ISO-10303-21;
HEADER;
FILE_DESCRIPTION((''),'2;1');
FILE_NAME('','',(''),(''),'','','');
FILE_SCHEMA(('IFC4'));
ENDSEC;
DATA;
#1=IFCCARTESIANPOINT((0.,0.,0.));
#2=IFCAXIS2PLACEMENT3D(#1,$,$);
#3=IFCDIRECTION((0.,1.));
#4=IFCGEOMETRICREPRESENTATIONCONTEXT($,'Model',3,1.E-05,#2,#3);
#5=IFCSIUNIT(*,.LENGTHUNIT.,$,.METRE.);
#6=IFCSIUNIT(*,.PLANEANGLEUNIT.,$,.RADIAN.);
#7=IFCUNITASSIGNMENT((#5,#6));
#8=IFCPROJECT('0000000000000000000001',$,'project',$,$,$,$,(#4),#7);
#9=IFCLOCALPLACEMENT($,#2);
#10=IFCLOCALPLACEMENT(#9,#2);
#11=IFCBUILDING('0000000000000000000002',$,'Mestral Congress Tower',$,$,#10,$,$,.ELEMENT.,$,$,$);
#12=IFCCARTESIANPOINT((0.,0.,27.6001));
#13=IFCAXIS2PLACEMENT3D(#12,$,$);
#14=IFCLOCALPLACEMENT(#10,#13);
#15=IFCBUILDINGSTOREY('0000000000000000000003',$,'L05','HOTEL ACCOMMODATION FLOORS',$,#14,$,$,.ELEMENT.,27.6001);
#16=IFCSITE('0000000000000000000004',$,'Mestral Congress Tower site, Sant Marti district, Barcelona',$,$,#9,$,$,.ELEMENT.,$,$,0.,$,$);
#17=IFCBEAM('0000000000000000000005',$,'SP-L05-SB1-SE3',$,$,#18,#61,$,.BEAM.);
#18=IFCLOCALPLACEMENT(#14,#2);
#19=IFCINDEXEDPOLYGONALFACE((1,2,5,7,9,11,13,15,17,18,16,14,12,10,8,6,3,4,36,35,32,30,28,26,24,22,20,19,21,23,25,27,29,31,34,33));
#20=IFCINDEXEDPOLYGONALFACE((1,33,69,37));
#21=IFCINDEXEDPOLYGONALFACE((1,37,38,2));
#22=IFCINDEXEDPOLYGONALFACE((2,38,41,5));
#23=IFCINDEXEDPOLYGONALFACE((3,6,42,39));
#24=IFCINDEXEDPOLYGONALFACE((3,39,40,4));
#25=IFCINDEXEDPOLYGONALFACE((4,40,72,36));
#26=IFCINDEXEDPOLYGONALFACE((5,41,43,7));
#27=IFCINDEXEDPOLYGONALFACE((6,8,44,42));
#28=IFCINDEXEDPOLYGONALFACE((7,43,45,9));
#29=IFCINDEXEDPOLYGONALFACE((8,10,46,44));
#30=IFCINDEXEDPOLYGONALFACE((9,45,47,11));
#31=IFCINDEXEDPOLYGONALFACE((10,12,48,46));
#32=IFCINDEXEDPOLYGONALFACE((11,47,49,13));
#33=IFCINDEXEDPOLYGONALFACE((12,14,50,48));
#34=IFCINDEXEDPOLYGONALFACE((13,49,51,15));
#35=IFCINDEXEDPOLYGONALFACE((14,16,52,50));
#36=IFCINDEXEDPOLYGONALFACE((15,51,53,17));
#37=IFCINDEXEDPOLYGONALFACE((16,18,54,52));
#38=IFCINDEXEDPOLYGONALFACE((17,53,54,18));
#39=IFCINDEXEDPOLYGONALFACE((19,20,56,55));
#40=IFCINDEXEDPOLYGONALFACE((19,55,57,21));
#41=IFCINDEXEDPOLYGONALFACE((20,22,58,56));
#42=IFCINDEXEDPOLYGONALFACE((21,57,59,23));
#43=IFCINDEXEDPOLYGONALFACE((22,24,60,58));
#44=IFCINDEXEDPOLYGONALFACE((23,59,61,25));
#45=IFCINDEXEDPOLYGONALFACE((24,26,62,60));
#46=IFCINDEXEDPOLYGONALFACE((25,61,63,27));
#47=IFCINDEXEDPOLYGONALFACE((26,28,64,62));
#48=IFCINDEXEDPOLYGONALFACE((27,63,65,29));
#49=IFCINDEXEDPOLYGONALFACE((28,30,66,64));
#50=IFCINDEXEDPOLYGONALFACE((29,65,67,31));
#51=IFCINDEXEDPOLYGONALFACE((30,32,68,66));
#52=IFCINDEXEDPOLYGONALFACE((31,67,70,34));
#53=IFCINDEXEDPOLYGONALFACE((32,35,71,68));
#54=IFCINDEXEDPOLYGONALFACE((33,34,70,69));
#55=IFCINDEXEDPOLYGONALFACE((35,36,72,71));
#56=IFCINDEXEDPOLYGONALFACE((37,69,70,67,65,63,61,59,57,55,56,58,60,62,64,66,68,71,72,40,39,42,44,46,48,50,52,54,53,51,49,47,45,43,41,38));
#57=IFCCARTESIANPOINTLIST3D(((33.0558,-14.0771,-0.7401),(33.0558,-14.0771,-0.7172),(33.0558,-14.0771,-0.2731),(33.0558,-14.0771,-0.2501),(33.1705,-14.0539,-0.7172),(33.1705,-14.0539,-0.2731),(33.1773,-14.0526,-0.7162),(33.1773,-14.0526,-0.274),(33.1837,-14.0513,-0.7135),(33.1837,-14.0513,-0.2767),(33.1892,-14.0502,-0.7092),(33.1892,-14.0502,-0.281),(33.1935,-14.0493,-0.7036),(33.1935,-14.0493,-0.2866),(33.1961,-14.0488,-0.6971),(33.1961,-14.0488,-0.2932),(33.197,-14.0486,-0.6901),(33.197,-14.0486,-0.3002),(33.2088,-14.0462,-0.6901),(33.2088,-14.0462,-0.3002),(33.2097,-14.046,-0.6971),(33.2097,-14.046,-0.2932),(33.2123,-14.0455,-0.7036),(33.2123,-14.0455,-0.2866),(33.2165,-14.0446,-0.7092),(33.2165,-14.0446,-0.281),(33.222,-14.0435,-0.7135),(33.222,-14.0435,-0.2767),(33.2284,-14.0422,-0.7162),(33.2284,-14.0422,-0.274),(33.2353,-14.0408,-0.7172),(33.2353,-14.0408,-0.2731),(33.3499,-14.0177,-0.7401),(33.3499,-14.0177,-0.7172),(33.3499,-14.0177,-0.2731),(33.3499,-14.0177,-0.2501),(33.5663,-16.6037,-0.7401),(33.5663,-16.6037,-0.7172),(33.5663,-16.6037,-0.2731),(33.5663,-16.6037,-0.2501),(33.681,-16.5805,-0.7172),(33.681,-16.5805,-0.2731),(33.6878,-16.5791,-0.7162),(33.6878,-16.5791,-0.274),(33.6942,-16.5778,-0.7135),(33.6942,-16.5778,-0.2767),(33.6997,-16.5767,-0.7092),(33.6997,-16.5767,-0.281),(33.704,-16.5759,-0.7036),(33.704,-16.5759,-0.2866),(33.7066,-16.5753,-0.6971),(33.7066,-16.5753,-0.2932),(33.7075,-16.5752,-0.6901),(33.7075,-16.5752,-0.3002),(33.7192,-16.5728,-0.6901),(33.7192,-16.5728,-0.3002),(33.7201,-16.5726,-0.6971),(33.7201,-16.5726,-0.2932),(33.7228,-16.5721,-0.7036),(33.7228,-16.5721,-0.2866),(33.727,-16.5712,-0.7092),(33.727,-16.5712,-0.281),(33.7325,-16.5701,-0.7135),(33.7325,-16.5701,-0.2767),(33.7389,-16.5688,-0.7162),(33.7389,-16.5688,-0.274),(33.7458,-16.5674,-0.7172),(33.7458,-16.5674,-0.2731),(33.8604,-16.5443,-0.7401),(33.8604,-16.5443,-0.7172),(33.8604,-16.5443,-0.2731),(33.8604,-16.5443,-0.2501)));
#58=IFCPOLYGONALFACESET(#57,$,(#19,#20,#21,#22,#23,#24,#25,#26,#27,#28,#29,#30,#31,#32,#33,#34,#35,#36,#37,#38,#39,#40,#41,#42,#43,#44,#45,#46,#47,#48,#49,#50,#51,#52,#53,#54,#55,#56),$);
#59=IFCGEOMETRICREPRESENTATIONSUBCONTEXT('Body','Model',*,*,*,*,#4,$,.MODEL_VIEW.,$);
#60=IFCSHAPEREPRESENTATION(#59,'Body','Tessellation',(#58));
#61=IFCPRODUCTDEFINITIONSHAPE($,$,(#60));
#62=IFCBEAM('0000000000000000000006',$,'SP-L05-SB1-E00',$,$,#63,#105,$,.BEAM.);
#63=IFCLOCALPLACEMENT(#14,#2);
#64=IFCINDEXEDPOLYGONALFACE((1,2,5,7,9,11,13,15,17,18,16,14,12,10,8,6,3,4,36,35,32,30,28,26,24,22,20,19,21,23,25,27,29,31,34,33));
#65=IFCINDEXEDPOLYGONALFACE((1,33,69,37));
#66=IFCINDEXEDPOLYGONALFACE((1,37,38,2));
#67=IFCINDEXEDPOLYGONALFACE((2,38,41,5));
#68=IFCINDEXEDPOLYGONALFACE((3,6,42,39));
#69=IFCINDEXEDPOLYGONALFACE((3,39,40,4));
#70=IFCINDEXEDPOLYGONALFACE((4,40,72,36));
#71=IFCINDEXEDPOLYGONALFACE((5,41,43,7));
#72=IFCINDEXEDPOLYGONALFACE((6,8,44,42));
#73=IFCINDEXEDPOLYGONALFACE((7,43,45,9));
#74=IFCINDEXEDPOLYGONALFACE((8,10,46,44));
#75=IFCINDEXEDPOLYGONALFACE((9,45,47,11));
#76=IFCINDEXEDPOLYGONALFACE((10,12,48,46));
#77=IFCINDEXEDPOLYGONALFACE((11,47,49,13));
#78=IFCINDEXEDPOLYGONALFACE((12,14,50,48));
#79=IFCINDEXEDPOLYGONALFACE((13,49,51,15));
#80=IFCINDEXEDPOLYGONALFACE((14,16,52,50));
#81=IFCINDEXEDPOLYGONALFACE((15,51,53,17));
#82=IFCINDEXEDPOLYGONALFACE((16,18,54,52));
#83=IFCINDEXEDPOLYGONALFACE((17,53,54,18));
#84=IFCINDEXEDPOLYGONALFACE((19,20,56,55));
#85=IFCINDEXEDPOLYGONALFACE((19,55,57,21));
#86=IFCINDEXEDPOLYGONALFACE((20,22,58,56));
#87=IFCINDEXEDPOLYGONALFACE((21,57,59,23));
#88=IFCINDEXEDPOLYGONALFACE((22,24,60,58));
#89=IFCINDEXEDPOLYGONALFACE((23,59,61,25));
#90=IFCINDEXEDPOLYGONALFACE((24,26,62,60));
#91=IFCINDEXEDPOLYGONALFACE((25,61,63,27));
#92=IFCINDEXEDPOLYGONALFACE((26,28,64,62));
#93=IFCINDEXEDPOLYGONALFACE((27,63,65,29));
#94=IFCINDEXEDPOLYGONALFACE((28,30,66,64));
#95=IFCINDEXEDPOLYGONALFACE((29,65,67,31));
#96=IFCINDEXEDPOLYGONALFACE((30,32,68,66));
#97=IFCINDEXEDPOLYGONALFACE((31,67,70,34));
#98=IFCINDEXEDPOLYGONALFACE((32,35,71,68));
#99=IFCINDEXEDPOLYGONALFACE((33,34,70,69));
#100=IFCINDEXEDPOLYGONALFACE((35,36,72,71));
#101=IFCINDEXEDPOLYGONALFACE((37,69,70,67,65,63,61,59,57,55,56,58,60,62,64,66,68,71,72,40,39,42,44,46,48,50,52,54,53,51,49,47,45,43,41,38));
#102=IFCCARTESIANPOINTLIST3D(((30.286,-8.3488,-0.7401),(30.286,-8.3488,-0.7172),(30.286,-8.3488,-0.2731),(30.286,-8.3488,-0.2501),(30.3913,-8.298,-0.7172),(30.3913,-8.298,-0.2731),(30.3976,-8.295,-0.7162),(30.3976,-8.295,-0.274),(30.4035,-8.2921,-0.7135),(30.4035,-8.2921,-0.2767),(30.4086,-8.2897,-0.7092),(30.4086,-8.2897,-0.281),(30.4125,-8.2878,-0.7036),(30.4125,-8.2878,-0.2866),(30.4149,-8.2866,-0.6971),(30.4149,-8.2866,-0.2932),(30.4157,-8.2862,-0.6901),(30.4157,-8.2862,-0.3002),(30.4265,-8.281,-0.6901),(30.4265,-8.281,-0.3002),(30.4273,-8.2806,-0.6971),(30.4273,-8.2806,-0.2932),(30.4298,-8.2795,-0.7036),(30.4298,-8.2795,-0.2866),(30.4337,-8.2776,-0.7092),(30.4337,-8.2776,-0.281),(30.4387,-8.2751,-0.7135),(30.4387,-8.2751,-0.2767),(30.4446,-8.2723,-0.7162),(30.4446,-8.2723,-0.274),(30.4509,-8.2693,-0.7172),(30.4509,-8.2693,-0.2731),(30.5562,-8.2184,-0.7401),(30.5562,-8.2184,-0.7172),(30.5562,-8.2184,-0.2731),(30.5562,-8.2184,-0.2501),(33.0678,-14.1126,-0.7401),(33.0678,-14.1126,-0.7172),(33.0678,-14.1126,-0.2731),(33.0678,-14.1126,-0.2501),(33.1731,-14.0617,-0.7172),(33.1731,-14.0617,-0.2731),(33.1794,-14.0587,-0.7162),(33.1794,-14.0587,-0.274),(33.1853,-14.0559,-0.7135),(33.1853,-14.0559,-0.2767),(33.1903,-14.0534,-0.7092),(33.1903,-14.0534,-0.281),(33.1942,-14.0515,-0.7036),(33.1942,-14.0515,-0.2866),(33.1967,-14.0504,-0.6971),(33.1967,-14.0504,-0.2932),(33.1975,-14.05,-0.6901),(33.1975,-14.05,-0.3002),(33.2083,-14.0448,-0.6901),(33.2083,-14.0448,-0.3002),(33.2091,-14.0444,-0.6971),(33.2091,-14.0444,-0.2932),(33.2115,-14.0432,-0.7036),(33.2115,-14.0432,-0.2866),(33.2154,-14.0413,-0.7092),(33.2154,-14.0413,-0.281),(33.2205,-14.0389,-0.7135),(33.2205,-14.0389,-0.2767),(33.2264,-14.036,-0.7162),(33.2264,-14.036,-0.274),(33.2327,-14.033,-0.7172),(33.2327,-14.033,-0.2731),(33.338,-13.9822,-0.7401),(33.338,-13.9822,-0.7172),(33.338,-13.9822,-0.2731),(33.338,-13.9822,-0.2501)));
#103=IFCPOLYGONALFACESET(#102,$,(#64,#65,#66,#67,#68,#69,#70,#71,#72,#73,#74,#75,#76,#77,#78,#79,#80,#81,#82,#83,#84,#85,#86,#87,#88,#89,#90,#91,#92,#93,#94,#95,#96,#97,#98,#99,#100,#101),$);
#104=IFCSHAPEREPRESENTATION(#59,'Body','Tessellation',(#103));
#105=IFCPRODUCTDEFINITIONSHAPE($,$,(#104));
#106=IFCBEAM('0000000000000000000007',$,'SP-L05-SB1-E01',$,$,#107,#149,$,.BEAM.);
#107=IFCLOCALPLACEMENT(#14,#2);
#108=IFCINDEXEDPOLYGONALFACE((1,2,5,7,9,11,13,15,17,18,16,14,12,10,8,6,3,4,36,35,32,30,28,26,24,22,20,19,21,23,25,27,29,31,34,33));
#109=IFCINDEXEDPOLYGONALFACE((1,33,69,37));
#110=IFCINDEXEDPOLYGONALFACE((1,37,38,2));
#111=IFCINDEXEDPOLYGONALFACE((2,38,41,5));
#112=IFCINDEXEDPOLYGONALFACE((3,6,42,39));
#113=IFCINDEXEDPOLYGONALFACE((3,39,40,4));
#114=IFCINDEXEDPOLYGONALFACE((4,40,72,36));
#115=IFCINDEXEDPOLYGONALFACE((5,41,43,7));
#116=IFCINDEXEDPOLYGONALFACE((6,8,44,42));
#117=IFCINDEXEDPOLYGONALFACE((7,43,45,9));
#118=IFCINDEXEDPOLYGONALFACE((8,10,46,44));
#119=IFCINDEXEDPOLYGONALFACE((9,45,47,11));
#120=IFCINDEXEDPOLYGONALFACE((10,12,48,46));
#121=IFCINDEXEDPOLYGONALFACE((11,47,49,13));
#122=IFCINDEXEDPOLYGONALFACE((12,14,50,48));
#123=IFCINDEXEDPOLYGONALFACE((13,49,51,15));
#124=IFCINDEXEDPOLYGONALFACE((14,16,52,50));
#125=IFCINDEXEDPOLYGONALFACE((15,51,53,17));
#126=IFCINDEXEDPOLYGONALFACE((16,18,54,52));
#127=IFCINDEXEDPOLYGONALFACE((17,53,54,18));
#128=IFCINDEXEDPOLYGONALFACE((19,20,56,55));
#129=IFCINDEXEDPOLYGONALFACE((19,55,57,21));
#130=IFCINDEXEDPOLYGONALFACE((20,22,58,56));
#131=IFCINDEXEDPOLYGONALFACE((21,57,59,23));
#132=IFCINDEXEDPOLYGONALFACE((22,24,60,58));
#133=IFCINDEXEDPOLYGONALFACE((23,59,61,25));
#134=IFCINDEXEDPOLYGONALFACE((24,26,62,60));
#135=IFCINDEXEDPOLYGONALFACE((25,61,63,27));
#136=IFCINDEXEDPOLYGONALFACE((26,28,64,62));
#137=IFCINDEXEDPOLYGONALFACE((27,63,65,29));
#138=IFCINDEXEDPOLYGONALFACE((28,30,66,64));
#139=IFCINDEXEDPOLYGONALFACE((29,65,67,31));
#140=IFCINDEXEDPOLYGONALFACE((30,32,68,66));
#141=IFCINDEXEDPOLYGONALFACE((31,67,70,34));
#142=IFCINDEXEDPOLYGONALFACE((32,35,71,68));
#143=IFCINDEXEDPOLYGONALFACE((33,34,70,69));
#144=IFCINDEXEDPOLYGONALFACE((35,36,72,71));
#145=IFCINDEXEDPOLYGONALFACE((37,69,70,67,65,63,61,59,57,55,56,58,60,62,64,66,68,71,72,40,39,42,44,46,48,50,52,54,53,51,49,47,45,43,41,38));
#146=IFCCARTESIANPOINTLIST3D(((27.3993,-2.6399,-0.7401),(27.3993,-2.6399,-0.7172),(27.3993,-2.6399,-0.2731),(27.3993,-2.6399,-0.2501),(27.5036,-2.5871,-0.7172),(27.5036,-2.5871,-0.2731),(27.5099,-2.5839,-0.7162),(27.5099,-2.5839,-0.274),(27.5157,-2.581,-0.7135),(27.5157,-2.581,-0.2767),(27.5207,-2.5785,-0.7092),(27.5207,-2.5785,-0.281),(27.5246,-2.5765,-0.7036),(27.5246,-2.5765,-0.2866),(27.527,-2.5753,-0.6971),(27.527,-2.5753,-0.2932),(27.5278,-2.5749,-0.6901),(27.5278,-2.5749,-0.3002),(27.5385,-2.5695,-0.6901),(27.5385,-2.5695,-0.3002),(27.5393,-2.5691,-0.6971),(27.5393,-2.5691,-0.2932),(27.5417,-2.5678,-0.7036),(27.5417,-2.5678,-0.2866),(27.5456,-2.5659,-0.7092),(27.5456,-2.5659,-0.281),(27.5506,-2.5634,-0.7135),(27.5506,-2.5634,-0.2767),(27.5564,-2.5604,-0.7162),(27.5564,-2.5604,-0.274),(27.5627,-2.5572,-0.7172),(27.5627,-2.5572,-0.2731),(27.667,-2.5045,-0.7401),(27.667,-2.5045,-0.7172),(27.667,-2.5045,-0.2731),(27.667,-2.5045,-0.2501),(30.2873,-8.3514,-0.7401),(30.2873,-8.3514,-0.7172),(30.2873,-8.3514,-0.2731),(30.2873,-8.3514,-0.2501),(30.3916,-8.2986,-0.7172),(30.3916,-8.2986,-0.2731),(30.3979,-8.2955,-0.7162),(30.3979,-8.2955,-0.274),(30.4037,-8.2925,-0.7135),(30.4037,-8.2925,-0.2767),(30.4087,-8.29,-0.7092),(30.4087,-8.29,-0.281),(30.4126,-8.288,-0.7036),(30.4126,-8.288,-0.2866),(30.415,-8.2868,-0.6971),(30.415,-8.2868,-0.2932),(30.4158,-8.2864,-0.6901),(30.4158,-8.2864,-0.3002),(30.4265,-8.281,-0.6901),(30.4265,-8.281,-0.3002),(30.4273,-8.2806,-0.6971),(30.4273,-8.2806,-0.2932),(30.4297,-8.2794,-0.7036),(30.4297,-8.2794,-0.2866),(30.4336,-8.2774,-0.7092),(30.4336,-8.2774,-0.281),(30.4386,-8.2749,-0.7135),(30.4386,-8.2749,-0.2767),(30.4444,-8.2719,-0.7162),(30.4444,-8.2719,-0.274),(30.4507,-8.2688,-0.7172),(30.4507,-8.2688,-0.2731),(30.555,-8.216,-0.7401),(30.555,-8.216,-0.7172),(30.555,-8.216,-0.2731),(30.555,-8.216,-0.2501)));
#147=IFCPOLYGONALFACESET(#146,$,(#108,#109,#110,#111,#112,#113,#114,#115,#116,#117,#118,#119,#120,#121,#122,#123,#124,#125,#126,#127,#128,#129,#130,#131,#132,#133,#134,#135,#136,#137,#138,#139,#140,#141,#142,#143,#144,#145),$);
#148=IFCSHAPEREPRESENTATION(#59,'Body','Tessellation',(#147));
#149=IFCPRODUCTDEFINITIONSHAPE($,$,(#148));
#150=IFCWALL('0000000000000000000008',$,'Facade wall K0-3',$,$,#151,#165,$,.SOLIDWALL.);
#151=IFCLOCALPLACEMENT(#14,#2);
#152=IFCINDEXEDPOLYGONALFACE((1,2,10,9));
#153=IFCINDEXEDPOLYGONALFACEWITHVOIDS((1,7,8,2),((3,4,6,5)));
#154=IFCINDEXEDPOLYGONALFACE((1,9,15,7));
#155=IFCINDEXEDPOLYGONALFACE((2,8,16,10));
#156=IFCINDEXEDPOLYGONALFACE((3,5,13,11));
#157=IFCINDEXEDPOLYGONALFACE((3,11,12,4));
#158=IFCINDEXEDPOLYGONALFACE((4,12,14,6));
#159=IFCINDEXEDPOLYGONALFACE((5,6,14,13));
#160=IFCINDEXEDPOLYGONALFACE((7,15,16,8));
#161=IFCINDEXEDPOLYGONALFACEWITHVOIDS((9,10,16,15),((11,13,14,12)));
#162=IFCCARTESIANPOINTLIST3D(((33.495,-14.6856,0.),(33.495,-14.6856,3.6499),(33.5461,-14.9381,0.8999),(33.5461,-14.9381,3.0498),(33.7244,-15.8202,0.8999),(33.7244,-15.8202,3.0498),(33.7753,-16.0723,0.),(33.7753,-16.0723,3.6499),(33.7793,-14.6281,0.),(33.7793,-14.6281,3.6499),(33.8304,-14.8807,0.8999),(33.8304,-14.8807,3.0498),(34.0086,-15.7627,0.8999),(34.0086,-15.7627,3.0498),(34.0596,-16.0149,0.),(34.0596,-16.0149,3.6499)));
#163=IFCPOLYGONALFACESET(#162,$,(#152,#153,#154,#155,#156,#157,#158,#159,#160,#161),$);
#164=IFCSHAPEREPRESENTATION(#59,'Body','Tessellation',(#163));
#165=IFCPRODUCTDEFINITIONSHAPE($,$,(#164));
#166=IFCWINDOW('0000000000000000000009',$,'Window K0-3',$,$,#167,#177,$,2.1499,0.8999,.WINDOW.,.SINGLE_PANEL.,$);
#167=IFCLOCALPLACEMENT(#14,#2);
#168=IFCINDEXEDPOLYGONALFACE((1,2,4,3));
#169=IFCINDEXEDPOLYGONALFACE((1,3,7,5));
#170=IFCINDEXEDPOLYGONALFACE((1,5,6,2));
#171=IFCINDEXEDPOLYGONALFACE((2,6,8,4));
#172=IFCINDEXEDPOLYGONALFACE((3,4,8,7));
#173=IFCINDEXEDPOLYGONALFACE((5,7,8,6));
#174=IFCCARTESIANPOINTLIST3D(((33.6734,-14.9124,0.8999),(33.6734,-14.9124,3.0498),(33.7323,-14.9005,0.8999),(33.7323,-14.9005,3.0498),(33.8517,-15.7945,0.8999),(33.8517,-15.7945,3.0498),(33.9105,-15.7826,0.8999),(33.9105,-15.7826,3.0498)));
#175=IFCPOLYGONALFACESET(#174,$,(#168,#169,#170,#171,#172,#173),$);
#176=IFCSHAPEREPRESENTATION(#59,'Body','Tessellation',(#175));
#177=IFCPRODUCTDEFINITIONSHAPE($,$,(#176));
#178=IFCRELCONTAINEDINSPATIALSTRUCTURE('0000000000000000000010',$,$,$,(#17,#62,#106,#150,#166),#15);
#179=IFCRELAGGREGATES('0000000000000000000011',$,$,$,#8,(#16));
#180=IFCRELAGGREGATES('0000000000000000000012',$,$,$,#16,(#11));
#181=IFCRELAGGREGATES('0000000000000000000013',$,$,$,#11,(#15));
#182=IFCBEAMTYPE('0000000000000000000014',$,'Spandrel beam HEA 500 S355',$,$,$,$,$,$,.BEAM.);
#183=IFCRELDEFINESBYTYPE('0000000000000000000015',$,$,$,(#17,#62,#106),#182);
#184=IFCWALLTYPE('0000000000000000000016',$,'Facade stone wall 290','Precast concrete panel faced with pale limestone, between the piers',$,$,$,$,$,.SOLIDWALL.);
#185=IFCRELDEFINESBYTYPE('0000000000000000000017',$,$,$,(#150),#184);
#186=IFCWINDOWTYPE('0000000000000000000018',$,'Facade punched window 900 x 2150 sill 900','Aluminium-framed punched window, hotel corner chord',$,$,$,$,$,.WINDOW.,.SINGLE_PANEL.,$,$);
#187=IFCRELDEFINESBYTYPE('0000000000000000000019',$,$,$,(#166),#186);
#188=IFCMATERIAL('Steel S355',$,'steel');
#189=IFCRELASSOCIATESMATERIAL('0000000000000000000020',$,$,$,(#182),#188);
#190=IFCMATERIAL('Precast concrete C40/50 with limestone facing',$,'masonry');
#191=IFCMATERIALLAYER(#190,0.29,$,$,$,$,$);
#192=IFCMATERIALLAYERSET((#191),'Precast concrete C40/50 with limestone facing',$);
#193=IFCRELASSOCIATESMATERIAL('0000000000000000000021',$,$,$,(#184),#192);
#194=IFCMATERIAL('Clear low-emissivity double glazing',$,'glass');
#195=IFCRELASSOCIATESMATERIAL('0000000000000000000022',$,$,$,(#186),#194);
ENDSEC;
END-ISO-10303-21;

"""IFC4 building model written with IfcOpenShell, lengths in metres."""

from ifc_helpers import new_model, si_unit, direction, frame, frame_2d, origin, origin_2d, place, context, subcontext, project, spatial, rectangle, i_section, extrude, material, layer, layer_set, material_profile, profile_set, type_object, element, fill, save


model = new_model("IFC4")

# Units and contexts
model_context = context("Model", 3, precision=1e-05, world=origin(), true_north=direction((0.0, 1.0)))
body_context = subcontext(model_context, "Body", "Model", "MODEL_VIEW")
ifc_project = project(units=[si_unit("LENGTHUNIT", "METRE"), si_unit("PLANEANGLEUNIT", "RADIAN")], contexts=[model_context])

# Site, building, storey
site_placement = place(None, origin())
site = spatial("IfcSite", under=ifc_project, at=site_placement, Name="Mestral Congress Tower site, Sant Marti district, Barcelona", CompositionType="ELEMENT", RefElevation=0.0)
building_placement = place(site_placement, origin())
building = spatial("IfcBuilding", under=site, at=building_placement, Name="Mestral Congress Tower", CompositionType="ELEMENT")
storey_placement = place(building_placement, frame((0.0, 0.0, 27.6001)))
storey = spatial("IfcBuildingStorey", under=building, at=storey_placement, Name="L05", Description="HOTEL ACCOMMODATION FLOORS", CompositionType="ELEMENT", Elevation=27.6001)

# Beams
ifc_material_1 = material(Name="Steel S355", Category="steel")
ifc_material_profile_1 = material_profile(ifc_material_1, i_section(OverallWidth=0.3, OverallDepth=0.49, WebThickness=0.012, FlangeThickness=0.0229, FilletRadius=0.0271, at=origin_2d()), Name="HEA 500")
ifc_profile_set_1 = profile_set([ifc_material_profile_1], Name="Steel S355")
beam_type_1 = type_object("IfcBeamType", Name="Spandrel beam HEA 500 S355", PredefinedType="BEAM", material=ifc_profile_set_1)
beam_1_placement = place(storey_placement, frame((33.7134, -16.574, -0.4951), z_axis=(-0.198046, 0.980193, 0.0), x_axis=(-0.980193, -0.198046, 0.0)))
element("IfcBeam", 1, at=beam_1_placement, inside=storey, type_object=beam_type_1, Name="SP-L05-SB1-SE3", PredefinedType="BEAM", context=body_context, shape_type="SweptSolid", body=[
    extrude(i_section(OverallWidth=0.3, OverallDepth=0.49, WebThickness=0.012, FlangeThickness=0.0229, FilletRadius=0.0271, at=origin_2d()), origin(), (0.0, 0.0, 1.0), 2.5776),
])
beam_2_placement = place(storey_placement, frame((33.2029, -14.0474, -0.4951), z_axis=(-0.434657, 0.900596, 0.0), x_axis=(-0.900596, -0.434657, 0.0)))
element("IfcBeam", 2, at=beam_2_placement, inside=storey, type_object=beam_type_1, Name="SP-L05-SB1-E00", PredefinedType="BEAM", context=body_context, shape_type="SweptSolid", body=[
    extrude(i_section(OverallWidth=0.3, OverallDepth=0.49, WebThickness=0.012, FlangeThickness=0.0229, FilletRadius=0.0271, at=origin_2d()), origin(), (0.0, 0.0, 1.0), 6.3999),
])
beam_3_placement = place(storey_placement, frame((30.4211, -8.2837, -0.4951), z_axis=(-0.451237, 0.892404, 0.0), x_axis=(-0.892404, -0.451237, 0.0)))
element("IfcBeam", 3, at=beam_3_placement, inside=storey, type_object=beam_type_1, Name="SP-L05-SB1-E01", PredefinedType="BEAM", context=body_context, shape_type="SweptSolid", body=[
    extrude(i_section(OverallWidth=0.3, OverallDepth=0.49, WebThickness=0.012, FlangeThickness=0.0229, FilletRadius=0.0271, at=origin_2d()), origin(), (0.0, 0.0, 1.0), 6.4001),
])

# Wall, opening, window
ifc_material_2 = material(Name="Precast concrete C40/50 with limestone facing", Category="masonry")
ifc_layer_1 = layer(ifc_material_2, 0.29)
ifc_layer_set_1 = layer_set([ifc_layer_1], Name="Precast concrete C40/50 with limestone facing")
wall_type_1 = type_object("IfcWallType", Name="Facade stone wall 290", Description="Precast concrete panel faced with pale limestone, between the piers", PredefinedType="SOLIDWALL", material=ifc_layer_set_1)
wall_1_placement = place(storey_placement, frame((33.9175, -16.0437, 0.0), z_axis=(0.0, 0.0, 1.0), x_axis=(-0.198107, 0.98018, 0.0)))
wall_1 = element("IfcWall", 4, at=wall_1_placement, inside=storey, type_object=wall_type_1, Name="Facade wall K0-3", PredefinedType="SOLIDWALL", context=body_context, shape_type="SweptSolid", body=[
    extrude(rectangle(XDim=1.4148, YDim=0.29, at=frame_2d((0.7075, 0.0))), origin(), (0.0, 0.0, 1.0), 3.6499),
])
opening_1_placement = place(wall_1_placement, frame((0.2573, 0.0, 0.8999)))
opening_1 = element("IfcOpeningElement", 5, at=opening_1_placement, cuts=wall_1, PredefinedType="OPENING", context=body_context, shape_type="SweptSolid", body=[
    extrude(rectangle(XDim=0.8999, YDim=2.1499, at=frame_2d((0.45, 1.075))), frame((0.0, 0.155, 0.0), z_axis=(0.0, -1.0, 0.0), x_axis=(1.0, 0.0, 0.0)), (0.0, 0.0, 1.0), 0.3101),
])
ifc_material_3 = material(Name="Clear low-emissivity double glazing", Category="glass")
window_type_1 = type_object("IfcWindowType", Name="Facade punched window 900 x 2150 sill 900", Description="Aluminium-framed punched window, hotel corner chord", PartitioningType="SINGLE_PANEL", PredefinedType="WINDOW", material=ifc_material_3)
window_1_placement = place(opening_1_placement, origin())
window_1 = element("IfcWindow", 6, at=window_1_placement, inside=storey, type_object=window_type_1, Name="Window K0-3", OverallHeight=2.1499, OverallWidth=0.8999, PartitioningType="SINGLE_PANEL", PredefinedType="WINDOW", context=body_context, shape_type="SweptSolid", body=[
    extrude(rectangle(XDim=0.8999, YDim=2.1499, at=frame_2d((0.45, 1.075))), frame((0.0, 0.0151, 0.0), z_axis=(0.0, -1.0, 0.0), x_axis=(1.0, 0.0, 0.0)), (0.0, 0.0, 1.0), 0.0601),
])
fill(opening_1, window_1)

save(model, "model.ifc")
